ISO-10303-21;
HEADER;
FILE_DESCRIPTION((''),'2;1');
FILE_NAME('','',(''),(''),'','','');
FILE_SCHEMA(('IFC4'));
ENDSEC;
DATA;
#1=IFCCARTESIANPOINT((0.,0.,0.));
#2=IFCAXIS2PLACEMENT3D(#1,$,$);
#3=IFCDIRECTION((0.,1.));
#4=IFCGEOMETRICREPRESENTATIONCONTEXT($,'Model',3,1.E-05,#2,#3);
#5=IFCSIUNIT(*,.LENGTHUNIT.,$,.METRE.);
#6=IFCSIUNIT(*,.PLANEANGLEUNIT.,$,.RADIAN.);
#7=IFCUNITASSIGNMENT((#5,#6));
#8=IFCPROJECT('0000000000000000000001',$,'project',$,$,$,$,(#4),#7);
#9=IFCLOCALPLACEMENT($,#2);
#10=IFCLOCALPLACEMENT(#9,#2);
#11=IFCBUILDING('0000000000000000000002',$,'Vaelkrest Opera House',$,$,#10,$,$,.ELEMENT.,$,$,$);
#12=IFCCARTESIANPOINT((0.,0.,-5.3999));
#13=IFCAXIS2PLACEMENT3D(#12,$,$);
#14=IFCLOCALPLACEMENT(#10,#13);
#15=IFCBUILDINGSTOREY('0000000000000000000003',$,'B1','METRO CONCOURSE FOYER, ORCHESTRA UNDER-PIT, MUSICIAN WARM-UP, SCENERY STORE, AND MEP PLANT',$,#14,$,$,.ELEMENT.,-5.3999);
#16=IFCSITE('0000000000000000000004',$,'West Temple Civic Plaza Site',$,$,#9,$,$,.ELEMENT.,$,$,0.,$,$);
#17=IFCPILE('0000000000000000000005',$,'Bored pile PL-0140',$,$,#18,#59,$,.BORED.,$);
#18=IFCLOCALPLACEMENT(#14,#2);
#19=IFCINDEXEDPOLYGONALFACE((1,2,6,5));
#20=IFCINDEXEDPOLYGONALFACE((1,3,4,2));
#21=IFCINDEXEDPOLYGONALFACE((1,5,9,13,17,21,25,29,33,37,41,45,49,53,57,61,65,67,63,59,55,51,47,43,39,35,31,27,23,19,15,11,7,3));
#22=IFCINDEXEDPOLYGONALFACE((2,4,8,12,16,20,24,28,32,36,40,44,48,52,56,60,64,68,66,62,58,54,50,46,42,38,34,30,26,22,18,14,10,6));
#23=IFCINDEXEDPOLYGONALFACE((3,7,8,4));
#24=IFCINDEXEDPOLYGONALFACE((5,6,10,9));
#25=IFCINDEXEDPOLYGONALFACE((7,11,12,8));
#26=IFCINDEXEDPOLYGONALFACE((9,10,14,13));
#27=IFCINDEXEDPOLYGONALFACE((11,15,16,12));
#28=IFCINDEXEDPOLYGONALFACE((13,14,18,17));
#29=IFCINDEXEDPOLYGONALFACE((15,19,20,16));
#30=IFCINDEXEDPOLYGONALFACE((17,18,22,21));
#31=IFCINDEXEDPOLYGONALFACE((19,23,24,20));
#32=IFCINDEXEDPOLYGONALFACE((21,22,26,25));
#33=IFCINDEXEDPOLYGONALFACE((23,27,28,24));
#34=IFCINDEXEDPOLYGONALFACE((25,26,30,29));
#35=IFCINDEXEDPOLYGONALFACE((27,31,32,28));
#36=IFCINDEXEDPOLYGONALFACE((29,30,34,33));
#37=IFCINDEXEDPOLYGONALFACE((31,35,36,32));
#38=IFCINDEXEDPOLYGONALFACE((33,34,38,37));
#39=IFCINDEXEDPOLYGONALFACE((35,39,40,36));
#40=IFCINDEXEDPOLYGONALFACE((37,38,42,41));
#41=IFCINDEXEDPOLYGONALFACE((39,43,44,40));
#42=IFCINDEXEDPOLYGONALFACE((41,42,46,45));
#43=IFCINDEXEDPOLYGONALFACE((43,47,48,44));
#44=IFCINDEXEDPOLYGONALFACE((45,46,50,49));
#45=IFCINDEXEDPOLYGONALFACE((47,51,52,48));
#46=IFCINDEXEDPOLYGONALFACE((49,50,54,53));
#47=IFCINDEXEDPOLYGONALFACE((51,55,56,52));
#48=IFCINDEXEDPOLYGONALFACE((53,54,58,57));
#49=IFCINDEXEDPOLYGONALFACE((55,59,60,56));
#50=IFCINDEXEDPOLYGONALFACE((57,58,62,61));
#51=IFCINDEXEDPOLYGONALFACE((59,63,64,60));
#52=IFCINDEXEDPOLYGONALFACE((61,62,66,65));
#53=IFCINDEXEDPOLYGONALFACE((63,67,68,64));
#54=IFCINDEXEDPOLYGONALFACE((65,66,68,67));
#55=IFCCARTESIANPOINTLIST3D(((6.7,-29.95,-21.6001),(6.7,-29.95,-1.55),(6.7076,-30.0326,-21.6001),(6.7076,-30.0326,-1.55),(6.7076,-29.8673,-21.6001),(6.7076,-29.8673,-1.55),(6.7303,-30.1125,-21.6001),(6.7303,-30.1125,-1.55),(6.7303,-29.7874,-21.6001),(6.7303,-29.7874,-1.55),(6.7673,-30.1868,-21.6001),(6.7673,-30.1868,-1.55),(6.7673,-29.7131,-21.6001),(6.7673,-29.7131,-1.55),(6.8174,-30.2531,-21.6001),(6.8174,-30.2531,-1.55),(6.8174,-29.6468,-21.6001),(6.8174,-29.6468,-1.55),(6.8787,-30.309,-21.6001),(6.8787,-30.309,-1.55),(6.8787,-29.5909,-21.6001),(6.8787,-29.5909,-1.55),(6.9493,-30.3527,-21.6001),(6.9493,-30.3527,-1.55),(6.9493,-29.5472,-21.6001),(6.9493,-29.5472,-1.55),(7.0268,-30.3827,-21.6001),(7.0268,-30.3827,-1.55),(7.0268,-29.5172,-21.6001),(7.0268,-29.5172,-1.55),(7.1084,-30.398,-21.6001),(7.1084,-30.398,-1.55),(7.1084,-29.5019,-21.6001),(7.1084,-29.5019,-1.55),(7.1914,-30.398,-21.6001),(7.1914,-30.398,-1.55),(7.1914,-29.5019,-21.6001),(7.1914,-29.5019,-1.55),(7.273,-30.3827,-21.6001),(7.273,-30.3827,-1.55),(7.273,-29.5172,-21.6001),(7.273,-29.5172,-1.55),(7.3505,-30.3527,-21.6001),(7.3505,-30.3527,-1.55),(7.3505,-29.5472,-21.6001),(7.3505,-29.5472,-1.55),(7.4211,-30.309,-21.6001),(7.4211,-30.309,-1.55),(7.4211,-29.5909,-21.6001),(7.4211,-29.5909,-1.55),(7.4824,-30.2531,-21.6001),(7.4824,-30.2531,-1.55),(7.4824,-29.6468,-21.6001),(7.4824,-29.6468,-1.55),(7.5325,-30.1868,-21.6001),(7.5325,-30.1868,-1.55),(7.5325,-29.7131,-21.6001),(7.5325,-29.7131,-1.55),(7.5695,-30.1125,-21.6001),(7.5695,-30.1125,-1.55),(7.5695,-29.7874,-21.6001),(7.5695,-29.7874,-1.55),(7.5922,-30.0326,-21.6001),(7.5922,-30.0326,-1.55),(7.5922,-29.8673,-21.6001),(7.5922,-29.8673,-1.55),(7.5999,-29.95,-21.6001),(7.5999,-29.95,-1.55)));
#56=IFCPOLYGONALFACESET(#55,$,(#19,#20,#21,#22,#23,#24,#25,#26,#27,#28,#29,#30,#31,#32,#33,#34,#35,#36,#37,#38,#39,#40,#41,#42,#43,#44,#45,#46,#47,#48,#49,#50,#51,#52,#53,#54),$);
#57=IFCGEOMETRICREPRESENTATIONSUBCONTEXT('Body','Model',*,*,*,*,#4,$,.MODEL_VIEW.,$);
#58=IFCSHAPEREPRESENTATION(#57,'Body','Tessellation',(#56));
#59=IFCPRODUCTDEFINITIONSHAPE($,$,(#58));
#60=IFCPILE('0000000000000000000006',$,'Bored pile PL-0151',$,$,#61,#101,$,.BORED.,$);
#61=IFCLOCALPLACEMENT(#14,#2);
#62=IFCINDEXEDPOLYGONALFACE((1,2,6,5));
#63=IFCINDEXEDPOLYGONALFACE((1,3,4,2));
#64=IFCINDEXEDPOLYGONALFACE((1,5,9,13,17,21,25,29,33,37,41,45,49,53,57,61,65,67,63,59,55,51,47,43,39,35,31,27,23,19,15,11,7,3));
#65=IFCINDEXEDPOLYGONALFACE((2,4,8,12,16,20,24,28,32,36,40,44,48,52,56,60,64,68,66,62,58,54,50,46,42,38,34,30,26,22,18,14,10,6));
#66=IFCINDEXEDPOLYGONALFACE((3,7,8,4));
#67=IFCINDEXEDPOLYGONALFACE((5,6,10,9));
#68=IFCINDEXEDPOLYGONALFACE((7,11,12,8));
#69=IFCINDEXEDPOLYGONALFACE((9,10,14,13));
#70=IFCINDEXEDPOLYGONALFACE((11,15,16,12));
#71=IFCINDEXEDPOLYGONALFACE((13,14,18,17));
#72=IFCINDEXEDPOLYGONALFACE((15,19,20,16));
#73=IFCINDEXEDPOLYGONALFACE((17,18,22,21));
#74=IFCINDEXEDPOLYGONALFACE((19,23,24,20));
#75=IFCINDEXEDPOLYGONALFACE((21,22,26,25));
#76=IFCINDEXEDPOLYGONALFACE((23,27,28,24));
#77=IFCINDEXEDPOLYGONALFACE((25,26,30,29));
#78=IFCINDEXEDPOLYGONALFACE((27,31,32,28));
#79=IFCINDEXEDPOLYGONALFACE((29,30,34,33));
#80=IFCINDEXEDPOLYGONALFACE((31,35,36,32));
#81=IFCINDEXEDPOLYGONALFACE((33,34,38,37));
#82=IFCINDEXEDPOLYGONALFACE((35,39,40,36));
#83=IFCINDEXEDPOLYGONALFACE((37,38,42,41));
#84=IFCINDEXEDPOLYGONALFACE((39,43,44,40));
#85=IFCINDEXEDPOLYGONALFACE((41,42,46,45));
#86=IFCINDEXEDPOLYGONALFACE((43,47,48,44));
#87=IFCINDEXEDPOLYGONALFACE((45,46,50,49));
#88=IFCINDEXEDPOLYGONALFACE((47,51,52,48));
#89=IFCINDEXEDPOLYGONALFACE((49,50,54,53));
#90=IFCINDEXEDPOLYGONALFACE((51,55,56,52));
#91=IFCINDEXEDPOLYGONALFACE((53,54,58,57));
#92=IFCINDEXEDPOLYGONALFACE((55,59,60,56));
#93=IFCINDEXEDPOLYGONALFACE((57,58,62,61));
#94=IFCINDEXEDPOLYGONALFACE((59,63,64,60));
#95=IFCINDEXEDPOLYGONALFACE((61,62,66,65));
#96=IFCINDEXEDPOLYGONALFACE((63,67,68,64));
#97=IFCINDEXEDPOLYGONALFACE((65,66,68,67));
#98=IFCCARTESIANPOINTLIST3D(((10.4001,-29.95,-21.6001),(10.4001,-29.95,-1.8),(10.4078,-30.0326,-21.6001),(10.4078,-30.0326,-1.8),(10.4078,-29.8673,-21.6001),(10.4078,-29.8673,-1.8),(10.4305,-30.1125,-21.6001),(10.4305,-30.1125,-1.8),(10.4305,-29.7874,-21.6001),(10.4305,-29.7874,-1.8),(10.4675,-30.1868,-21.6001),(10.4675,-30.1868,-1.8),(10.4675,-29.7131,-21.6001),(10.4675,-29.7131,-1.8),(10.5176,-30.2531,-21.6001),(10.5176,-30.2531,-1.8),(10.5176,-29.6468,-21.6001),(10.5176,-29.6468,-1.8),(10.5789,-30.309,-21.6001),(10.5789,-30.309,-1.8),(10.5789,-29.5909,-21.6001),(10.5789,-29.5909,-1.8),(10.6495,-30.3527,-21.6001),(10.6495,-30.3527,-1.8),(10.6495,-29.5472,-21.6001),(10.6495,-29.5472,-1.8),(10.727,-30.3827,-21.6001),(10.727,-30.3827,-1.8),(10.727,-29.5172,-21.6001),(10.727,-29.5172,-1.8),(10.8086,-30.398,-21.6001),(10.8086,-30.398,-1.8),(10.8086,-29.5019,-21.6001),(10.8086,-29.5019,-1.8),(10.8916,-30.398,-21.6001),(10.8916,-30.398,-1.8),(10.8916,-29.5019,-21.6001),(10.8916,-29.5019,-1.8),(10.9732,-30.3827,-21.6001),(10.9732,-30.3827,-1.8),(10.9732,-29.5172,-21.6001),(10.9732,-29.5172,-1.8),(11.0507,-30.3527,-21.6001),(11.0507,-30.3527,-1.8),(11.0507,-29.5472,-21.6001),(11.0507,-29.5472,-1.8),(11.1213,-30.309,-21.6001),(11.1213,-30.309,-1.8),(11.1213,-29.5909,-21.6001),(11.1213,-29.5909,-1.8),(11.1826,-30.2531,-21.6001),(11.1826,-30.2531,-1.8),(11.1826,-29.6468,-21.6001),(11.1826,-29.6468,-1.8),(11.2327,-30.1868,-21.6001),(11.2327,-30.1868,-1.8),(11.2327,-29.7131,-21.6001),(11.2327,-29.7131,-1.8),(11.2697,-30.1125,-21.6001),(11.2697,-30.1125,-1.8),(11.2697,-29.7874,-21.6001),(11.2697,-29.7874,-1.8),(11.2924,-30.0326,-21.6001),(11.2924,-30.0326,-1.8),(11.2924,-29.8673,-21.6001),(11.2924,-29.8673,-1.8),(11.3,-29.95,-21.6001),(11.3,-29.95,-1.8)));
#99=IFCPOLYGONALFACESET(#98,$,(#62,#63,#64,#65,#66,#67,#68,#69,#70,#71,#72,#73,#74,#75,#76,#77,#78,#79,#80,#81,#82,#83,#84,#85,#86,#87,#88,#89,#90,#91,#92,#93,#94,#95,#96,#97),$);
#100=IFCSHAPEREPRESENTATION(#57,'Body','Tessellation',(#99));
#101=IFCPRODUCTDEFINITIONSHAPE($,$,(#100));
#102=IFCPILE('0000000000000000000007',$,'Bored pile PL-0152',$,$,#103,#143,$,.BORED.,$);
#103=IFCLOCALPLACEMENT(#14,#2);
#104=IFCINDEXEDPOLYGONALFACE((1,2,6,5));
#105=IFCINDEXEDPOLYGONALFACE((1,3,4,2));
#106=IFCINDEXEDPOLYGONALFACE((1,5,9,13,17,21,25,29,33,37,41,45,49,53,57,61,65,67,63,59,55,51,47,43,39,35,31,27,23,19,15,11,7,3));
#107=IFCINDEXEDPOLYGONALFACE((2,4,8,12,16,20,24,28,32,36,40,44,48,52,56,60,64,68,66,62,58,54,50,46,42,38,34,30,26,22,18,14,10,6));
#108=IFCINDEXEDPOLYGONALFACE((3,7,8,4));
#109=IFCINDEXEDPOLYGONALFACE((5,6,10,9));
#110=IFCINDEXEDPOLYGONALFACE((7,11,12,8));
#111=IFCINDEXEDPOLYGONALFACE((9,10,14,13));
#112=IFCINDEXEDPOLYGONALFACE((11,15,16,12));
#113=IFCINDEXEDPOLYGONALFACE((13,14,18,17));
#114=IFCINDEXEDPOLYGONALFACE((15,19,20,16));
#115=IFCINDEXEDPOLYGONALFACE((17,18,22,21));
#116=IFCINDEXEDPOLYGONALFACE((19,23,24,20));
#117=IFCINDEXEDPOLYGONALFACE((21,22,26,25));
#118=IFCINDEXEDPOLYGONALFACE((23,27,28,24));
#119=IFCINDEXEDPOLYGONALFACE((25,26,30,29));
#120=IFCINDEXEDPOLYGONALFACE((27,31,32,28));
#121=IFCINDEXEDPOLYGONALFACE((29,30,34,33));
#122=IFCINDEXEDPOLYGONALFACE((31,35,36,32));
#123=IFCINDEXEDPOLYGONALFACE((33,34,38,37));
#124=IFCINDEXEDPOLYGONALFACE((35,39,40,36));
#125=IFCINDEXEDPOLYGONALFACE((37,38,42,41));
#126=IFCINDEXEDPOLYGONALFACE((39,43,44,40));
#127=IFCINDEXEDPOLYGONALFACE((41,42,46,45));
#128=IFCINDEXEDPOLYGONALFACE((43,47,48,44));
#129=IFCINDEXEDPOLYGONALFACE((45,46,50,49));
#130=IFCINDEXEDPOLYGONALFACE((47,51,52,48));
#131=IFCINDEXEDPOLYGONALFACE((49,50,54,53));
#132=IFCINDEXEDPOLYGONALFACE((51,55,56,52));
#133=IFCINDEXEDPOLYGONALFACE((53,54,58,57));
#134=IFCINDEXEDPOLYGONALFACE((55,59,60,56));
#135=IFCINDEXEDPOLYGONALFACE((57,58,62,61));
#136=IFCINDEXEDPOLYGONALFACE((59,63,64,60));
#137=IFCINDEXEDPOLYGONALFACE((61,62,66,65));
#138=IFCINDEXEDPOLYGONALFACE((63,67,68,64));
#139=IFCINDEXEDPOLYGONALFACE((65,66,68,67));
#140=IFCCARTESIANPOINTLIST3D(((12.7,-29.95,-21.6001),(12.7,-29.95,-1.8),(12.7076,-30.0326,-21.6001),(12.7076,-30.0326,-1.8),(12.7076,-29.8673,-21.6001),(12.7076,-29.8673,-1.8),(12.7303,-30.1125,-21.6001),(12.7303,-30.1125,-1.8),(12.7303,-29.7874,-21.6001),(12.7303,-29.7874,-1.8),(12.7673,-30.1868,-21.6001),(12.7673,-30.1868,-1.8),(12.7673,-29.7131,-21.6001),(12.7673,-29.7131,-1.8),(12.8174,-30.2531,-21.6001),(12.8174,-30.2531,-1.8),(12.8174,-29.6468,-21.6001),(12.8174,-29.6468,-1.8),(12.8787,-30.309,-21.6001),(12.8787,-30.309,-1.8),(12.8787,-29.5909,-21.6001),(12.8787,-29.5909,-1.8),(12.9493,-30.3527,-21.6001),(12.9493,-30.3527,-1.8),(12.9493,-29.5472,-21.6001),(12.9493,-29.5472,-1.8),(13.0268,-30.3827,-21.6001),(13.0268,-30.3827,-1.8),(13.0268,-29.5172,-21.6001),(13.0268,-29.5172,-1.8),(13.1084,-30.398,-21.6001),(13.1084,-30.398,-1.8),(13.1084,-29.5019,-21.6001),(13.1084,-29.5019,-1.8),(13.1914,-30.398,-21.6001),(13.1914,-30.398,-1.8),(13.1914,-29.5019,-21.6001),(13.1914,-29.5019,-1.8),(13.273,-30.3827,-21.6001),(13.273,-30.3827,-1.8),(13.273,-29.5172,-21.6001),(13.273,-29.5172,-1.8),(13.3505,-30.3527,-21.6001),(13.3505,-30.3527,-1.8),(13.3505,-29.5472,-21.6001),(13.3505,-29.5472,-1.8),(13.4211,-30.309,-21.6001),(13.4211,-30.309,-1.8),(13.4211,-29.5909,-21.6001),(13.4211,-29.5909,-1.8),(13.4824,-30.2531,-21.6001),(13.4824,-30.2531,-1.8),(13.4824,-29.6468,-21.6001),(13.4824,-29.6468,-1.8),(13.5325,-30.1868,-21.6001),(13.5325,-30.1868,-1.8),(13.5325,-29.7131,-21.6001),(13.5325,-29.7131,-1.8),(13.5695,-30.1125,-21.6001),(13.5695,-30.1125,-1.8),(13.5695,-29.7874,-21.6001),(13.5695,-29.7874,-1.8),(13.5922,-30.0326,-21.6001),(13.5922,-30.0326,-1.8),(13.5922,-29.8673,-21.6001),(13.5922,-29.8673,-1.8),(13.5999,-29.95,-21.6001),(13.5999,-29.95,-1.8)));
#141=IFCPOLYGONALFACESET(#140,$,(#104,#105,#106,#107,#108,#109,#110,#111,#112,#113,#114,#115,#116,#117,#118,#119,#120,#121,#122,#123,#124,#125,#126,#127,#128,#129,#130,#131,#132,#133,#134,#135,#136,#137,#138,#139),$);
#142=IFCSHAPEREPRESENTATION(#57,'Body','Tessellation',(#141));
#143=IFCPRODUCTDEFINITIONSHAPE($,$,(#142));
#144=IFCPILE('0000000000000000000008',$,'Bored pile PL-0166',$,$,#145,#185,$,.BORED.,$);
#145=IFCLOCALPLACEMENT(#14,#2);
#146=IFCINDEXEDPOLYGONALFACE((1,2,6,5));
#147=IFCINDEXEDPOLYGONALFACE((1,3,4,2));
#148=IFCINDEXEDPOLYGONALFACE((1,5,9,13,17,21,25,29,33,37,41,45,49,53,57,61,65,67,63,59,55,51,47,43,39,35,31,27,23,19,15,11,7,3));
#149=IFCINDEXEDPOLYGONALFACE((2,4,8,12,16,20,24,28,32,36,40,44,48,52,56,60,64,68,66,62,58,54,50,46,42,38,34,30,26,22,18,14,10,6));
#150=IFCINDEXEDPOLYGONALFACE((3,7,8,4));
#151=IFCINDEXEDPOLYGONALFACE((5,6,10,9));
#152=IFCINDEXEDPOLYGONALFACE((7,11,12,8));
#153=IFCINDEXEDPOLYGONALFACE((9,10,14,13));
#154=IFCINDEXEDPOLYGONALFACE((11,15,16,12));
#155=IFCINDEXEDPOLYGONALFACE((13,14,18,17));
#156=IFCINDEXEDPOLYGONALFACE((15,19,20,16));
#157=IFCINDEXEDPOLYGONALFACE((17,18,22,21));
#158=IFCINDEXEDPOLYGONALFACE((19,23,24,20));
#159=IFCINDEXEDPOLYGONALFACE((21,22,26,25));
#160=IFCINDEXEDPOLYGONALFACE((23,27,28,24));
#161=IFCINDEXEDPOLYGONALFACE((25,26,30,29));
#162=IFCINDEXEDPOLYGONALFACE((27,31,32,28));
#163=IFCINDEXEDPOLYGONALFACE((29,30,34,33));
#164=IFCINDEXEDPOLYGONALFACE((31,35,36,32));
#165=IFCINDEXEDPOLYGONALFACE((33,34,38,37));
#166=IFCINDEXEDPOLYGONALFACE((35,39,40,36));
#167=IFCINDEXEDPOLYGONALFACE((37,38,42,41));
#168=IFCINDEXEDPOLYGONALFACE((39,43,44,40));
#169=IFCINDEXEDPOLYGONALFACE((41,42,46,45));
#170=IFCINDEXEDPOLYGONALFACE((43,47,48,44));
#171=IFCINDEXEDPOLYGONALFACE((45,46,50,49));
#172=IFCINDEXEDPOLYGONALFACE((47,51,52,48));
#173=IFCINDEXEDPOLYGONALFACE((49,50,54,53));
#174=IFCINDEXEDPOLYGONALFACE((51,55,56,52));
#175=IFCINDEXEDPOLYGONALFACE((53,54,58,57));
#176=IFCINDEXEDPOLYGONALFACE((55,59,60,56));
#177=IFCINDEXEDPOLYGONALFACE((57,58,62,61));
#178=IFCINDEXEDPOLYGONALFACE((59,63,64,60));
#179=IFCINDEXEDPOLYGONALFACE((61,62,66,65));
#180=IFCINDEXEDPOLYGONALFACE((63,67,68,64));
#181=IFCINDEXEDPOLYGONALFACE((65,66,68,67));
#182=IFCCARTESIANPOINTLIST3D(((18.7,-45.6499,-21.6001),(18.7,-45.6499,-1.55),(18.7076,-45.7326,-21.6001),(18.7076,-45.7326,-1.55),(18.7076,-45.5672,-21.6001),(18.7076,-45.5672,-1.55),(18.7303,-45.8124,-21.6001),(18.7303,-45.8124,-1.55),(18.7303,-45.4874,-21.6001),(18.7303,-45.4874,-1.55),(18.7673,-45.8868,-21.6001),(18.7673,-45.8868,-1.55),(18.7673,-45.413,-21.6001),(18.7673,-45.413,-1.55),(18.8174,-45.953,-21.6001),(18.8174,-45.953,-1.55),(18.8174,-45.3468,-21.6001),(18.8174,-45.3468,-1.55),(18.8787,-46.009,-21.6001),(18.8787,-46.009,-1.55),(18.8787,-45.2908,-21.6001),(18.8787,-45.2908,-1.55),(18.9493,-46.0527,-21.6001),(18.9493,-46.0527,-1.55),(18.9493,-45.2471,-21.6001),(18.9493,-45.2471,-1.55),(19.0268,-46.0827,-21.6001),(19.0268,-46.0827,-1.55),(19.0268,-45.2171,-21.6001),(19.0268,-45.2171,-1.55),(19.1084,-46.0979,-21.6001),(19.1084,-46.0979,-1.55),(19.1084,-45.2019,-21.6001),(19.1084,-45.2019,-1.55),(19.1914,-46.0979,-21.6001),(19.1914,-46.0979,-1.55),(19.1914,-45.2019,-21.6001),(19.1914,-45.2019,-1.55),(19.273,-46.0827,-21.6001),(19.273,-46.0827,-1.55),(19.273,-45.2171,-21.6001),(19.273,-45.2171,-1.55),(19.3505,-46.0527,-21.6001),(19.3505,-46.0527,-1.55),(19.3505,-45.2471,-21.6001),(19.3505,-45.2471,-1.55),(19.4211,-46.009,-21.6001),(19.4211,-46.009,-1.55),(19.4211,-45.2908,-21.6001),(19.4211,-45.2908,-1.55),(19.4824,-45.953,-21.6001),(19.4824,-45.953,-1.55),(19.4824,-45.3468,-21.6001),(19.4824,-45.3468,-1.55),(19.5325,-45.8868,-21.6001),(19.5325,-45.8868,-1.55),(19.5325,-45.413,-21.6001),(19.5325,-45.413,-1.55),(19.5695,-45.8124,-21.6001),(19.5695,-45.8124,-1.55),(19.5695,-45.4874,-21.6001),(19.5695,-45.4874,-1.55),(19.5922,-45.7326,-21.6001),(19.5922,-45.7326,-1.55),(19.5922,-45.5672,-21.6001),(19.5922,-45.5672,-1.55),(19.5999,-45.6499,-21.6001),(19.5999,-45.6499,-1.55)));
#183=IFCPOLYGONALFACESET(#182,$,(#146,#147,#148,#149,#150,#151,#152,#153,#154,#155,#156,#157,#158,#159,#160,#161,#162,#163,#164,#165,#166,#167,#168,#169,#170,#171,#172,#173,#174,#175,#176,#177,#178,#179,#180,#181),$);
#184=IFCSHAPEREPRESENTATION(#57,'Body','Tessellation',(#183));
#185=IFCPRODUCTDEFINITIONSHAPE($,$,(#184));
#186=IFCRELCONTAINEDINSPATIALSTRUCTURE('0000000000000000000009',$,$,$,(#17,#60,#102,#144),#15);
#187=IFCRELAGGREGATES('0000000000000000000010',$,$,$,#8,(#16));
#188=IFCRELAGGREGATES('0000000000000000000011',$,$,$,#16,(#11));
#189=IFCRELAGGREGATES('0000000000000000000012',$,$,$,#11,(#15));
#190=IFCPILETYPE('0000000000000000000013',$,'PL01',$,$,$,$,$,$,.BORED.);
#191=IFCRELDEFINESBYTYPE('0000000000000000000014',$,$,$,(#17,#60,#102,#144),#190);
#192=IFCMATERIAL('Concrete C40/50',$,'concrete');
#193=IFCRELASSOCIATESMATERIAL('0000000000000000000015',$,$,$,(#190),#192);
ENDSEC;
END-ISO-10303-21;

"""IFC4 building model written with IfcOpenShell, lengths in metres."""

from ifc_helpers import new_model, si_unit, direction, frame, origin, origin_2d, place, context, subcontext, project, spatial, circle, extrude, material, material_profile, profile_set, type_object, element, save


model = new_model("IFC4")

# Units and contexts
model_context = context("Model", 3, precision=1e-05, world=origin(), true_north=direction((0.0, 1.0)))
body_context = subcontext(model_context, "Body", "Model", "MODEL_VIEW")
ifc_project = project(units=[si_unit("LENGTHUNIT", "METRE"), si_unit("PLANEANGLEUNIT", "RADIAN")], contexts=[model_context])

# Site, building, storey
site_placement = place(None, origin())
site = spatial("IfcSite", under=ifc_project, at=site_placement, Name="West Temple Civic Plaza Site", CompositionType="ELEMENT", RefElevation=0.0)
building_placement = place(site_placement, origin())
building = spatial("IfcBuilding", under=site, at=building_placement, Name="Vaelkrest Opera House", CompositionType="ELEMENT")
storey_placement = place(building_placement, frame((0.0, 0.0, -5.3999)))
storey = spatial("IfcBuildingStorey", under=building, at=storey_placement, Name="B1", Description="METRO CONCOURSE FOYER, ORCHESTRA UNDER-PIT, MUSICIAN WARM-UP, SCENERY STORE, AND MEP PLANT", CompositionType="ELEMENT", Elevation=-5.3999)

# Shared definitions
ifc_material_1 = material(Name="Concrete C40/50", Category="concrete")

# Piles
ifc_material_profile_1 = material_profile(ifc_material_1, circle(Radius=0.45, at=origin_2d()), Name="PILE900")
ifc_profile_set_1 = profile_set([ifc_material_profile_1], Name="Concrete C40/50")
pile_type = type_object("IfcPileType", Name="PL01", PredefinedType="BORED", material=ifc_profile_set_1)
pile_1_placement = place(storey_placement, frame((7.1499, -29.95, -1.55), z_axis=(0.0, 0.0, -1.0), x_axis=(1.0, 0.0, 0.0)))
element("IfcPile", 1, at=pile_1_placement, inside=storey, type_object=pile_type, Name="Bored pile PL-0140", PredefinedType="BORED", context=body_context, shape_type="SweptSolid", body=[
    extrude(circle(Radius=0.45, at=origin_2d()), origin(), (0.0, 0.0, 1.0), 20.05),
])
for number, where, z_axis, x_axis, name in (
    (2, (10.8501, -29.95, -1.8), (0.0, 0.0, -1.0), (1.0, 0.0, 0.0), "Bored pile PL-0151"),
    (3, (13.1499, -29.95, -1.8), (0.0, 0.0, -1.0), (1.0, 0.0, 0.0), "Bored pile PL-0152"),
):
    element("IfcPile", number, at=place(storey_placement, frame(where, z_axis=z_axis, x_axis=x_axis)), inside=storey, type_object=pile_type, Name=name, PredefinedType="BORED", context=body_context, shape_type="SweptSolid", body=[
        extrude(circle(Radius=0.45, at=origin_2d()), origin(), (0.0, 0.0, 1.0), 19.8),
    ])
pile_2_placement = place(storey_placement, frame((19.1499, -45.6499, -1.55), z_axis=(0.0, 0.0, -1.0), x_axis=(1.0, 0.0, 0.0)))
element("IfcPile", 4, at=pile_2_placement, inside=storey, type_object=pile_type, Name="Bored pile PL-0166", PredefinedType="BORED", context=body_context, shape_type="SweptSolid", body=[
    extrude(circle(Radius=0.45, at=origin_2d()), origin(), (0.0, 0.0, 1.0), 20.05),
])

save(model, "model.ifc")
